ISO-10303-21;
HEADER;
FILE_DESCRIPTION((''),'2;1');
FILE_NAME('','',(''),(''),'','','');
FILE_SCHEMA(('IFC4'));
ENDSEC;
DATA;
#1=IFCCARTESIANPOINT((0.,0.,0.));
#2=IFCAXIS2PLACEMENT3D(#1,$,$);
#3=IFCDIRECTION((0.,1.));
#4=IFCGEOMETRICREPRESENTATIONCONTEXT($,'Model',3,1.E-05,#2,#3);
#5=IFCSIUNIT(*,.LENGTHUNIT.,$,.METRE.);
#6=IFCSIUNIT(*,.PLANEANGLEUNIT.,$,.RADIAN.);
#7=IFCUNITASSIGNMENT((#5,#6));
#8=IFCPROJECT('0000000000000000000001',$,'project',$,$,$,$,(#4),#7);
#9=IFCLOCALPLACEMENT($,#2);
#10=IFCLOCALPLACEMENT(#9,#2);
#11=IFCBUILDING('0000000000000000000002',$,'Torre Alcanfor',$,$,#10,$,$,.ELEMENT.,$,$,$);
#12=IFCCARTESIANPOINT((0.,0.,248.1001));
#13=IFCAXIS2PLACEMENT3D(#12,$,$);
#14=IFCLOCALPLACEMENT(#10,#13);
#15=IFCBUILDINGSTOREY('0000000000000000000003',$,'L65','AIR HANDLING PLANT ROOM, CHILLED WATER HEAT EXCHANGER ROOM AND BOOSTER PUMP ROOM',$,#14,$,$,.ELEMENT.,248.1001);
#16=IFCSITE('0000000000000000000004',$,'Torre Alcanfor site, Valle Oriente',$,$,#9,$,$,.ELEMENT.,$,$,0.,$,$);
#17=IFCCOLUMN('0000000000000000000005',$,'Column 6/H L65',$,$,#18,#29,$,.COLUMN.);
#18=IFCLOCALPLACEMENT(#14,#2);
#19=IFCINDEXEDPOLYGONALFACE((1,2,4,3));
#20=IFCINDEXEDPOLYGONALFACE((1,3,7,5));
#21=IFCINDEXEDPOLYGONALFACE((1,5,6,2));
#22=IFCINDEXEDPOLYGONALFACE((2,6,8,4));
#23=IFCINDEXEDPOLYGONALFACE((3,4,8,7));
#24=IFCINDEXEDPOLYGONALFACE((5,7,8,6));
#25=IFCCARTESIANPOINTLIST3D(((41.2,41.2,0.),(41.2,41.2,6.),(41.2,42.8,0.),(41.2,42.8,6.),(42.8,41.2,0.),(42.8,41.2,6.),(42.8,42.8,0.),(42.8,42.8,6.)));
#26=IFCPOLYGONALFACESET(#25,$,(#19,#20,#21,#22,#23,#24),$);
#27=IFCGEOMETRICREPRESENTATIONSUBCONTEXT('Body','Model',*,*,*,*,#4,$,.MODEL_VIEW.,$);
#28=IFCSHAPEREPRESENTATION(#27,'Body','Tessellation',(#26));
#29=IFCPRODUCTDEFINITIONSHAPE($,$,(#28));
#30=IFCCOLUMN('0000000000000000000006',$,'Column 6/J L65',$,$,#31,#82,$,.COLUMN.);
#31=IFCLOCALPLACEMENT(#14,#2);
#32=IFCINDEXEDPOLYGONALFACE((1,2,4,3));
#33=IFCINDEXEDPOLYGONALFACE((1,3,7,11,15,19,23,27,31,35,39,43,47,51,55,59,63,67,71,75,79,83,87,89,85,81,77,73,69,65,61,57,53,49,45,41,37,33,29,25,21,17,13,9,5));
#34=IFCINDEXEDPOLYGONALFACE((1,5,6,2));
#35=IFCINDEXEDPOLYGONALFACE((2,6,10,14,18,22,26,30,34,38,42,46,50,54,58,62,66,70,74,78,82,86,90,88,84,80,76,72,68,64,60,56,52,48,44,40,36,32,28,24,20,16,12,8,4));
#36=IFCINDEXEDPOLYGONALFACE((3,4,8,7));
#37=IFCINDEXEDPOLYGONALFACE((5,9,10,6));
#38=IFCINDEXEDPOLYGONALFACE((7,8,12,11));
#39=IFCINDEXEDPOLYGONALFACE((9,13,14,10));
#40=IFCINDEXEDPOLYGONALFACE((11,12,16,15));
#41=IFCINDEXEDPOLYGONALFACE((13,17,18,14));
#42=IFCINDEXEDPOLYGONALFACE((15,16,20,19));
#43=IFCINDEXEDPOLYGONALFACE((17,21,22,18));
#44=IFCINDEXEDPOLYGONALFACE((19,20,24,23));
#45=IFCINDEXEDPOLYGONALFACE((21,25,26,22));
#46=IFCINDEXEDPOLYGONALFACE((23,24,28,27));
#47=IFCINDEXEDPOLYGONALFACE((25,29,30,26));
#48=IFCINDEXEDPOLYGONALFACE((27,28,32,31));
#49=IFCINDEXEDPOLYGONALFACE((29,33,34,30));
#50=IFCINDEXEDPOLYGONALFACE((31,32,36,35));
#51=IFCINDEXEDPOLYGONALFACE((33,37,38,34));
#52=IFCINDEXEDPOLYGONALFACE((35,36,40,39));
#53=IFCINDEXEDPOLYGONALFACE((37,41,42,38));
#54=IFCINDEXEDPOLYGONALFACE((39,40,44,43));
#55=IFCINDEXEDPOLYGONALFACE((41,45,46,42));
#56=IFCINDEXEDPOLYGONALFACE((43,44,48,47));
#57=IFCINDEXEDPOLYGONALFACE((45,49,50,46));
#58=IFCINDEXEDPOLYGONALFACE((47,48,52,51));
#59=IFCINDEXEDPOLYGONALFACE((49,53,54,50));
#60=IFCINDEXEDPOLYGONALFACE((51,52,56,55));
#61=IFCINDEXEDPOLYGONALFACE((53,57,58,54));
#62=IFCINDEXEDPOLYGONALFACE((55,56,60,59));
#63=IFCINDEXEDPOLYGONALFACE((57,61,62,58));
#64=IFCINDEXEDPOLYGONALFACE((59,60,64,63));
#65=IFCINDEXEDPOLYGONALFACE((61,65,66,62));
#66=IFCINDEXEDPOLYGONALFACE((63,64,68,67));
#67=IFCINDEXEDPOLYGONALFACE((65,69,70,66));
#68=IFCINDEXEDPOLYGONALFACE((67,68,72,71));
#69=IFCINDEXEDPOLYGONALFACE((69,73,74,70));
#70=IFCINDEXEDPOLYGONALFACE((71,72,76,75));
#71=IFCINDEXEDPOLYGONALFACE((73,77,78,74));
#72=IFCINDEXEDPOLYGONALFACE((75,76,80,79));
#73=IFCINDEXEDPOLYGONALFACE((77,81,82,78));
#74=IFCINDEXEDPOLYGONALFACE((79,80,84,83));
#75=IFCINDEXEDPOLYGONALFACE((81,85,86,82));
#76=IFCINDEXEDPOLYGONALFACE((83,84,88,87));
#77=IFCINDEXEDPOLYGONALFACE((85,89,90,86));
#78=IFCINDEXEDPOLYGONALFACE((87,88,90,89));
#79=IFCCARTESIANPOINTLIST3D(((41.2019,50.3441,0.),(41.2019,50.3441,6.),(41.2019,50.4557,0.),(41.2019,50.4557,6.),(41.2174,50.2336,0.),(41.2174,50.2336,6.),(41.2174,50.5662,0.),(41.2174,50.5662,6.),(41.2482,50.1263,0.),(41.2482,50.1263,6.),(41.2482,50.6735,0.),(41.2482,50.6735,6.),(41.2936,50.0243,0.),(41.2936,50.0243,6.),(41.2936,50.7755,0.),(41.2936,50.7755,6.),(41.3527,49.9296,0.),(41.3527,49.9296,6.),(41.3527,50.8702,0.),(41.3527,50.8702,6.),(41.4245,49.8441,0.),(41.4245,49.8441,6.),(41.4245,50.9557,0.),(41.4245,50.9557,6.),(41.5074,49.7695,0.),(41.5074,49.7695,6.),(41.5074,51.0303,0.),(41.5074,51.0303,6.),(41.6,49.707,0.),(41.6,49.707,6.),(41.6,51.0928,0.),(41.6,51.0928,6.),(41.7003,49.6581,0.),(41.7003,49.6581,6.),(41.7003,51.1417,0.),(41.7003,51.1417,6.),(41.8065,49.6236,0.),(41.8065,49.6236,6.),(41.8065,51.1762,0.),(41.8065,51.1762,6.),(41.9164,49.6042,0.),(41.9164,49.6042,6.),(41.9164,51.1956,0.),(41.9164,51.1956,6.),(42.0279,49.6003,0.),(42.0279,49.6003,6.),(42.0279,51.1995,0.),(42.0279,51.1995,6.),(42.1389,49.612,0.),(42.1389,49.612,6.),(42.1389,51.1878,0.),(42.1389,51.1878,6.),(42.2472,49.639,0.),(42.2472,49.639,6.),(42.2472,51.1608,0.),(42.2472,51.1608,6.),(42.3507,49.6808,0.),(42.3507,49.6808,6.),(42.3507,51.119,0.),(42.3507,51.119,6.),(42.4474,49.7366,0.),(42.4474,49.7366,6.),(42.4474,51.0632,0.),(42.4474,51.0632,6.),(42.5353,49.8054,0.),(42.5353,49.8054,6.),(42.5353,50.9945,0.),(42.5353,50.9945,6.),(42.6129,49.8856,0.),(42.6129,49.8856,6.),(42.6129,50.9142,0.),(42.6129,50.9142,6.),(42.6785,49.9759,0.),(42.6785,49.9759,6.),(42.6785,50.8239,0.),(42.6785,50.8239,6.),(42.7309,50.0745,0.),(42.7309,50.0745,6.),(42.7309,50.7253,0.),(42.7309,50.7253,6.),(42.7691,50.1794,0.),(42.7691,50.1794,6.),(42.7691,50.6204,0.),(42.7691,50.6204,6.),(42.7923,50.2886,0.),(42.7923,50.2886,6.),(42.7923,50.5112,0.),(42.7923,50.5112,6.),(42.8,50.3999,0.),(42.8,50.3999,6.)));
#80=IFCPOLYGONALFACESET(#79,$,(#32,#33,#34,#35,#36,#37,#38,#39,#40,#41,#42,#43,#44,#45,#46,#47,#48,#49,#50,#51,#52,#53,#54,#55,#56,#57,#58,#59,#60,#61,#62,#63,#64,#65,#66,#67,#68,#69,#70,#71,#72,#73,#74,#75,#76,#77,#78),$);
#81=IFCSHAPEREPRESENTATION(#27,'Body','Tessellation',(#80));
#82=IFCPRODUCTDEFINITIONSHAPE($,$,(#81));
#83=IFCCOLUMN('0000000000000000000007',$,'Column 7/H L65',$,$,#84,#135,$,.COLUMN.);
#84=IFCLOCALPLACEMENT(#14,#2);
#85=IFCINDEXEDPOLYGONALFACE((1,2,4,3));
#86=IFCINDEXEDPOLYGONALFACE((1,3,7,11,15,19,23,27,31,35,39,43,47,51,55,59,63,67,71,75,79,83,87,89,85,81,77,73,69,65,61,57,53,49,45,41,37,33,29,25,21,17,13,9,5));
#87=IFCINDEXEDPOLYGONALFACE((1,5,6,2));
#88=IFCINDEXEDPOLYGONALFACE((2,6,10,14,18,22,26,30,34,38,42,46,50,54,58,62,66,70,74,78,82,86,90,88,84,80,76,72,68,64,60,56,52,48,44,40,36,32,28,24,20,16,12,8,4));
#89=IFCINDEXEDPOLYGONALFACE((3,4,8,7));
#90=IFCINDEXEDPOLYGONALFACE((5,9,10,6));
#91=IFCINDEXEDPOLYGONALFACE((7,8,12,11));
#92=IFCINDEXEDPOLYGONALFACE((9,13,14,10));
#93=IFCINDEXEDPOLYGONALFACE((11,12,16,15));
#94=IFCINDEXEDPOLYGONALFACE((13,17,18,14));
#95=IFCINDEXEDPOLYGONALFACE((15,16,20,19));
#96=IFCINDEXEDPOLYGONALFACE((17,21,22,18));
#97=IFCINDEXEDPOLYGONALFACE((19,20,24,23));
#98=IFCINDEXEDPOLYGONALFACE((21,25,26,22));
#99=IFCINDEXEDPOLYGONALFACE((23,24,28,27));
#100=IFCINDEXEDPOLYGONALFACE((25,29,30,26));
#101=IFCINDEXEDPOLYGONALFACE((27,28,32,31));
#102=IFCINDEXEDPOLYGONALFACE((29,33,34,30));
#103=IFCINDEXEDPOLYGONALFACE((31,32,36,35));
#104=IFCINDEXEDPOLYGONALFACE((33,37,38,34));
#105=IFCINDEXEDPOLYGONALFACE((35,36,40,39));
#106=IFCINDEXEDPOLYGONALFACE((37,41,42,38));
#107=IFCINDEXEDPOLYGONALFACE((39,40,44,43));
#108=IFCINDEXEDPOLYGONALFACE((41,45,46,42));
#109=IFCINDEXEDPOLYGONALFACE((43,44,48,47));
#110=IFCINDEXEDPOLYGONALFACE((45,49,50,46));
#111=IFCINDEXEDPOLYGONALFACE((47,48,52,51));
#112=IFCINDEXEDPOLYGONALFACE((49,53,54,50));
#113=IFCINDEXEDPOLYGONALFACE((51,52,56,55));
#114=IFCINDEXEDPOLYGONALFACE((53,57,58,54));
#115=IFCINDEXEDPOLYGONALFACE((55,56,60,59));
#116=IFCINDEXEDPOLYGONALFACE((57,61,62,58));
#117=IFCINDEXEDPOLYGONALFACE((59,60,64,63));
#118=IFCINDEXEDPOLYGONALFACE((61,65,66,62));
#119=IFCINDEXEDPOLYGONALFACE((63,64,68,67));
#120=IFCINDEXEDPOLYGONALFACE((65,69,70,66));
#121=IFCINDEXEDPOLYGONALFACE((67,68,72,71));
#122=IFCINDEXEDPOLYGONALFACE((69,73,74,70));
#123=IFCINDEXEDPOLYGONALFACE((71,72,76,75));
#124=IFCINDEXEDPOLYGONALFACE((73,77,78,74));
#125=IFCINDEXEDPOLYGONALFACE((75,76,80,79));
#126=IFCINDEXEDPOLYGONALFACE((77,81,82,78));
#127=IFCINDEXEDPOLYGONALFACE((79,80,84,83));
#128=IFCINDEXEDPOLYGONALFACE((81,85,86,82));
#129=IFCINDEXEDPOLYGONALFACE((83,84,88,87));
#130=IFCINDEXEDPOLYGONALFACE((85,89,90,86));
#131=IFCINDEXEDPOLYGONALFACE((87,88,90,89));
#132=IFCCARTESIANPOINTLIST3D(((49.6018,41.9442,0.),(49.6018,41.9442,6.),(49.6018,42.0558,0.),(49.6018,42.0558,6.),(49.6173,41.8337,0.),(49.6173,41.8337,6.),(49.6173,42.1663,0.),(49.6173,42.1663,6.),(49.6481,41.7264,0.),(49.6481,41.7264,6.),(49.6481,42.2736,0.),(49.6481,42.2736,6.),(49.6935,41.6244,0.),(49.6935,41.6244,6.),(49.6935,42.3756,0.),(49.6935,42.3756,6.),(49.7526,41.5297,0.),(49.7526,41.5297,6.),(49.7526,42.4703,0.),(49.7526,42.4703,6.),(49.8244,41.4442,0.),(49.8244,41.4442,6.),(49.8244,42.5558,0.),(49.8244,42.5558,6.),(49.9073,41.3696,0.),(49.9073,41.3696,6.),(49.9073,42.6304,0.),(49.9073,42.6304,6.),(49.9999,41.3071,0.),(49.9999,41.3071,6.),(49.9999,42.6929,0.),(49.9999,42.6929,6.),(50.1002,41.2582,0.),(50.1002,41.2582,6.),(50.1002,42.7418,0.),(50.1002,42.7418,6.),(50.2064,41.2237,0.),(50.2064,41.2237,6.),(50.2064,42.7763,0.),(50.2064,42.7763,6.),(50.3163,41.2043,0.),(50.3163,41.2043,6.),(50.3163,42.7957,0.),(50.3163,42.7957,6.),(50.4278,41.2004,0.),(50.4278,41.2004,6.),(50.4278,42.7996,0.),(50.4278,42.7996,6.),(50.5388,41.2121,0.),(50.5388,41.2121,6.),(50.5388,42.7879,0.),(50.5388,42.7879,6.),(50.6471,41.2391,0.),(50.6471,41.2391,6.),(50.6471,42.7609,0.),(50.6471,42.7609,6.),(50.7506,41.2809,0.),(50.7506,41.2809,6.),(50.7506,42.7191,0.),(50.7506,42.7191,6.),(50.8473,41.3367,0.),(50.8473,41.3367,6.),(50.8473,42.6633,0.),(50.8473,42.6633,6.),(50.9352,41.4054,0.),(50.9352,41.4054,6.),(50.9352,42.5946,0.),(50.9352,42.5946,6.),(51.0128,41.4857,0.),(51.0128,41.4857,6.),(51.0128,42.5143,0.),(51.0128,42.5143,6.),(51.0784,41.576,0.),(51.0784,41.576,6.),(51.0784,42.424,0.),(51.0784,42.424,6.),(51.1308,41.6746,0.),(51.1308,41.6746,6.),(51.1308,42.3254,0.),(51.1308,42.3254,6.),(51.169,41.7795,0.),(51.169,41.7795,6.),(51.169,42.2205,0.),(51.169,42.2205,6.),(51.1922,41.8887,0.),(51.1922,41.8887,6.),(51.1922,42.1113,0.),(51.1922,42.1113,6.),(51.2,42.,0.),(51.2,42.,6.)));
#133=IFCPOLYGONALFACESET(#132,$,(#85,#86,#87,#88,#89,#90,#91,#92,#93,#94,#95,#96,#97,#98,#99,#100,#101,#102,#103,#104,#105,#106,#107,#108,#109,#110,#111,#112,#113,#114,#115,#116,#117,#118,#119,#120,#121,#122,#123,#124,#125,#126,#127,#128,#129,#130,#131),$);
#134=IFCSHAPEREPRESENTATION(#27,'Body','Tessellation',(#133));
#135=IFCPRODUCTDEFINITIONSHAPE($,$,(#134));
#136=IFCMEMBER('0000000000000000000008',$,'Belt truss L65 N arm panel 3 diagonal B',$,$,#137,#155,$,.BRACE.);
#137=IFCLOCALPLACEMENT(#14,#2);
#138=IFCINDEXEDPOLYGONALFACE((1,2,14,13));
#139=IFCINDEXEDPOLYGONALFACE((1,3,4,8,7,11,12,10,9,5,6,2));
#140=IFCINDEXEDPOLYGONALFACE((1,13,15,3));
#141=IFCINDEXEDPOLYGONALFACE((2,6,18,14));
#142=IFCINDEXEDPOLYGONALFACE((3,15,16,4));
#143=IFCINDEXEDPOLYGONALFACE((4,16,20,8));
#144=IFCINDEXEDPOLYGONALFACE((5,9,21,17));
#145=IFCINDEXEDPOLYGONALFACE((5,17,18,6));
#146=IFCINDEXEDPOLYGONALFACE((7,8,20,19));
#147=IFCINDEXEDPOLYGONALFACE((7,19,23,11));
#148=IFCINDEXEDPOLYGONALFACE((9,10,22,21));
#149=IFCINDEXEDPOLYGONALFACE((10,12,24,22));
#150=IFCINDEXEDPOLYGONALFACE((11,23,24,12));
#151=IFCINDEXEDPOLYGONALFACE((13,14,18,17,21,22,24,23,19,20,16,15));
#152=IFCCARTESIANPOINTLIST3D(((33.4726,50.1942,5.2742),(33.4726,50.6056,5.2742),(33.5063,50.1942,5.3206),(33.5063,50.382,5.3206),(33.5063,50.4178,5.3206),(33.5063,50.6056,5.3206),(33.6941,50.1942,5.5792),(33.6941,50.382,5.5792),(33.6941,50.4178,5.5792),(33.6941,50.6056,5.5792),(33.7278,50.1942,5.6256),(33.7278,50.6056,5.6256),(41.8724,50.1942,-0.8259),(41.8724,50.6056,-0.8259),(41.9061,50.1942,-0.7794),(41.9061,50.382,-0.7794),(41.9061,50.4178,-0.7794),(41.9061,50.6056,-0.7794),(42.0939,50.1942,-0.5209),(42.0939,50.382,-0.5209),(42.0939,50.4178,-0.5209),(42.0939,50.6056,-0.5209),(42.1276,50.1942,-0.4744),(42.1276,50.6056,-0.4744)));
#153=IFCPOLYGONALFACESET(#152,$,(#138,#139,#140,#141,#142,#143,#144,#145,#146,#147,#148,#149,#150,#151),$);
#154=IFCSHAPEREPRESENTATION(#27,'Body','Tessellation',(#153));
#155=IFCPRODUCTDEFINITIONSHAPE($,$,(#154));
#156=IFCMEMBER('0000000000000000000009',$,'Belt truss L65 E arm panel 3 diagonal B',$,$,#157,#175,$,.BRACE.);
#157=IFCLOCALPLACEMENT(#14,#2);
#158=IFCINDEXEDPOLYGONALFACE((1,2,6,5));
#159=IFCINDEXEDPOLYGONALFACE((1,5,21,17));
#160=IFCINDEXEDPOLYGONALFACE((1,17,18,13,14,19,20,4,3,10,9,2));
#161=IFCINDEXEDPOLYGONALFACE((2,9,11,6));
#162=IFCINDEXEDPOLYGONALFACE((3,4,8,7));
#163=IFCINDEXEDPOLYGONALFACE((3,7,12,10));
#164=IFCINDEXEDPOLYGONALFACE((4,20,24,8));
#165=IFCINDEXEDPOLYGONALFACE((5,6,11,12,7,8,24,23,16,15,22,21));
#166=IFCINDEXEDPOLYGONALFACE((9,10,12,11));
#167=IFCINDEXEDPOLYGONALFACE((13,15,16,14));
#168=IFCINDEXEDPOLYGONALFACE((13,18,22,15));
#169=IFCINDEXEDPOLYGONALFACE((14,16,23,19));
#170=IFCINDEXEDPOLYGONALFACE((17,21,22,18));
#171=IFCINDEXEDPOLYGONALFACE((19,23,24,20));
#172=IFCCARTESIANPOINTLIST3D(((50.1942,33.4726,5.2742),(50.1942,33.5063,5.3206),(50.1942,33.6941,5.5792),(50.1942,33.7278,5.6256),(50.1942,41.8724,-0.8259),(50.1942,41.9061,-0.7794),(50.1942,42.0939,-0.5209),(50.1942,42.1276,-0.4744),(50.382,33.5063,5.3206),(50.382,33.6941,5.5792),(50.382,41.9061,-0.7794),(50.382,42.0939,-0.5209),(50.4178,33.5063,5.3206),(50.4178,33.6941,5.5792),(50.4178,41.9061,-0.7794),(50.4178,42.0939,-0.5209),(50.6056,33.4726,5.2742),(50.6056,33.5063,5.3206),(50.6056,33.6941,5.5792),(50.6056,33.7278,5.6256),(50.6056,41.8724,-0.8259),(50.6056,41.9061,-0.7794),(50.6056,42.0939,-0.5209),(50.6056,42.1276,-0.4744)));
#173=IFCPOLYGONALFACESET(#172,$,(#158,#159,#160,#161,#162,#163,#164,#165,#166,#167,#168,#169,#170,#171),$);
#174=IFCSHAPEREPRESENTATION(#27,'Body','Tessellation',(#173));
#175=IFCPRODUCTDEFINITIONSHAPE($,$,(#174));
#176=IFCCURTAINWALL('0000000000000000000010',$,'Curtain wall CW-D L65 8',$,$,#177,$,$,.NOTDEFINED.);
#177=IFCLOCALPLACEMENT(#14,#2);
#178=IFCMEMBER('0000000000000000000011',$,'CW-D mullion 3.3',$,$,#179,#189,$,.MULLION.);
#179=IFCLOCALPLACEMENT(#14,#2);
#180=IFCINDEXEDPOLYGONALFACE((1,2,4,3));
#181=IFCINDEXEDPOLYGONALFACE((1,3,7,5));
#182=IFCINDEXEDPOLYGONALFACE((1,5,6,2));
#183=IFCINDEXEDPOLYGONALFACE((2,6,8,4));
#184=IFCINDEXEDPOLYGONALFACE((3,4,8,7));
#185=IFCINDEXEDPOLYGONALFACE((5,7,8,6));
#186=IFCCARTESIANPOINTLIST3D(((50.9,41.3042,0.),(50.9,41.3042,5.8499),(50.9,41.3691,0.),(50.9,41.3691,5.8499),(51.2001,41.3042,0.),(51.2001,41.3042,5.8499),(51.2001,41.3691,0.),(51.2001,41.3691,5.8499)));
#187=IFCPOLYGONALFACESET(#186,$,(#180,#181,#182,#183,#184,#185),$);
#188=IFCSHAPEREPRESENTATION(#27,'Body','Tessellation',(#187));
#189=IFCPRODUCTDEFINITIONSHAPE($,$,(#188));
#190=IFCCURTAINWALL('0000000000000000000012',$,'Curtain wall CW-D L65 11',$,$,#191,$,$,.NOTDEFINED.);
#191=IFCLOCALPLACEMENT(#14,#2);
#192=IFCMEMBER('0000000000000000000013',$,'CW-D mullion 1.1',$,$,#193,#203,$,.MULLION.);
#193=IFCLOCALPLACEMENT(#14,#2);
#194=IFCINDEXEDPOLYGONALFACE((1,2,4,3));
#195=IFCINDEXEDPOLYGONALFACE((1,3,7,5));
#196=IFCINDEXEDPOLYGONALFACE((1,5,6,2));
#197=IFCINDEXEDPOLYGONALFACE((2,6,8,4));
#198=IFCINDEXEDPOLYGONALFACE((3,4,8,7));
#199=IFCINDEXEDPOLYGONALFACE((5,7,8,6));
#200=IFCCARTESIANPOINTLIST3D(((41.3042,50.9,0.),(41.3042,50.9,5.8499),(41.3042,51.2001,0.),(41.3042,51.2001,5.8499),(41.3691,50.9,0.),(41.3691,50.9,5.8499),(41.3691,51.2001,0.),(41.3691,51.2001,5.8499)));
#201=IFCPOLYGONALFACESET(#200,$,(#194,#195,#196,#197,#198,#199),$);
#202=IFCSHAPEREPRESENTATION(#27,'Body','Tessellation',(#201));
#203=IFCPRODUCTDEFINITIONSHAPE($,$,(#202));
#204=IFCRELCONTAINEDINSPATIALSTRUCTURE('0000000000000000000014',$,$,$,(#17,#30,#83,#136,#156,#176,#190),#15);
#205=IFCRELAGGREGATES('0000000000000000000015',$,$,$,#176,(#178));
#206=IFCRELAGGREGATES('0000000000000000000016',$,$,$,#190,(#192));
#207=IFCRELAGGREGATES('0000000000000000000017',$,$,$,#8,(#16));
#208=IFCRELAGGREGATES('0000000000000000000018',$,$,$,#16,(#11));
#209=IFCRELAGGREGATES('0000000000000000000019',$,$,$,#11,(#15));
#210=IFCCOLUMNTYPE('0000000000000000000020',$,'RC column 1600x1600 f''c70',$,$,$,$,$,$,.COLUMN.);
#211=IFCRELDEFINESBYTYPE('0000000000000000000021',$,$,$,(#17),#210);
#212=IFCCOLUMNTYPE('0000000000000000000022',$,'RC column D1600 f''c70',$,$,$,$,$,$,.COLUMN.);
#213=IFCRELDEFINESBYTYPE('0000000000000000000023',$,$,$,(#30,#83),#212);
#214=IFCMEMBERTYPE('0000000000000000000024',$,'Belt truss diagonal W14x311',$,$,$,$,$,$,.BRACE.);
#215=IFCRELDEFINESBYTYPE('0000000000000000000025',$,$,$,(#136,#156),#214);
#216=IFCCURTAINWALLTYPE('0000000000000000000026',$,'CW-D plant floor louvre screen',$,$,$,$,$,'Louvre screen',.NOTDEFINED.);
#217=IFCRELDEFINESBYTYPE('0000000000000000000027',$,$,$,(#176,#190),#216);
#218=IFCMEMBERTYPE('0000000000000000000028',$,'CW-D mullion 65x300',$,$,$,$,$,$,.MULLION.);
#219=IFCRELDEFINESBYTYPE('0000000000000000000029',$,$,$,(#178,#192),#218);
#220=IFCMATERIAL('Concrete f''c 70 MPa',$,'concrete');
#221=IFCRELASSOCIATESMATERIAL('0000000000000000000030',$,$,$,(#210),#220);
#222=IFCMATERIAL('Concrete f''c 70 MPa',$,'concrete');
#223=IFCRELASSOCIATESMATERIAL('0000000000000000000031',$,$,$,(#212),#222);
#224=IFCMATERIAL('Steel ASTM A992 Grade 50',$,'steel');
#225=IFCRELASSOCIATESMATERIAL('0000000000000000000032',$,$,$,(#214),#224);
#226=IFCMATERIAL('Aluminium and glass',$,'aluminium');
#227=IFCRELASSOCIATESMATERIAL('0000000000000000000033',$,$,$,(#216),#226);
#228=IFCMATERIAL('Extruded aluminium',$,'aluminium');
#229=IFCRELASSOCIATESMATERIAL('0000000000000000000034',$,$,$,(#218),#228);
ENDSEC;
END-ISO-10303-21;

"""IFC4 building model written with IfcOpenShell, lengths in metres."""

from ifc_helpers import new_model, si_unit, direction, frame, origin, origin_2d, place, context, subcontext, project, spatial, rectangle, circle, i_section, extrude, material, material_profile, profile_set, type_object, element, aggregate, save


model = new_model("IFC4")

# Units and contexts
model_context = context("Model", 3, precision=1e-05, world=origin(), true_north=direction((0.0, 1.0)))
body_context = subcontext(model_context, "Body", "Model", "MODEL_VIEW")
ifc_project = project(units=[si_unit("LENGTHUNIT", "METRE"), si_unit("PLANEANGLEUNIT", "RADIAN")], contexts=[model_context])

# Site, building, storey
site_placement = place(None, origin())
site = spatial("IfcSite", under=ifc_project, at=site_placement, Name="Torre Alcanfor site, Valle Oriente", CompositionType="ELEMENT", RefElevation=0.0)
building_placement = place(site_placement, origin())
building = spatial("IfcBuilding", under=site, at=building_placement, Name="Torre Alcanfor", CompositionType="ELEMENT")
storey_placement = place(building_placement, frame((0.0, 0.0, 248.1001)))
storey = spatial("IfcBuildingStorey", under=building, at=storey_placement, Name="L65", Description="AIR HANDLING PLANT ROOM, CHILLED WATER HEAT EXCHANGER ROOM AND BOOSTER PUMP ROOM", CompositionType="ELEMENT", Elevation=248.1001)

# Columns
ifc_material_1 = material(Name="Concrete f'c 70 MPa", Category="concrete")
ifc_material_profile_1 = material_profile(ifc_material_1, rectangle(XDim=1.6001, YDim=1.6001, at=origin_2d()), Name="1600x1600")
ifc_profile_set_1 = profile_set([ifc_material_profile_1], Name="Concrete f'c 70 MPa")
column_type_1 = type_object("IfcColumnType", Name="RC column 1600x1600 f'c70", PredefinedType="COLUMN", material=ifc_profile_set_1)
column_placement = place(storey_placement, frame((42.0, 42.0, 0.0), z_axis=(0.0, 0.0, 1.0), x_axis=(1.0, 0.0, 0.0)))
element("IfcColumn", 1, at=column_placement, inside=storey, type_object=column_type_1, Name="Column 6/H L65", PredefinedType="COLUMN", context=body_context, shape_type="SweptSolid", body=[
    extrude(rectangle(XDim=1.6001, YDim=1.6001, at=origin_2d()), origin(), (0.0, 0.0, 1.0), 6.0),
])
ifc_material_2 = material(Name="Concrete f'c 70 MPa", Category="concrete")
ifc_material_profile_2 = material_profile(ifc_material_2, circle(Radius=0.8, at=origin_2d()), Name="D1600")
ifc_profile_set_2 = profile_set([ifc_material_profile_2], Name="Concrete f'c 70 MPa")
column_type_2 = type_object("IfcColumnType", Name="RC column D1600 f'c70", PredefinedType="COLUMN", material=ifc_profile_set_2)
for number, where, z_axis, x_axis, name in (
    (2, (42.0, 50.3999, 0.0), (0.0, 0.0, 1.0), (1.0, 0.0, 0.0), "Column 6/J L65"),
    (3, (50.3999, 42.0, 0.0), (0.0, 0.0, 1.0), (1.0, 0.0, 0.0), "Column 7/H L65"),
):
    element("IfcColumn", number, at=place(storey_placement, frame(where, z_axis=z_axis, x_axis=x_axis)), inside=storey, type_object=column_type_2, Name=name, PredefinedType="COLUMN", context=body_context, shape_type="SweptSolid", body=[
        extrude(circle(Radius=0.8, at=origin_2d()), origin(), (0.0, 0.0, 1.0), 6.0),
    ])

# Members
ifc_material_3 = material(Name="Steel ASTM A992 Grade 50", Category="steel")
ifc_material_profile_3 = material_profile(ifc_material_3, i_section(OverallWidth=0.4114, OverallDepth=0.4343, WebThickness=0.0359, FlangeThickness=0.0574, at=origin_2d()), Name="W14x311")
ifc_profile_set_3 = profile_set([ifc_material_profile_3], Name="Steel ASTM A992 Grade 50")
member_type_1 = type_object("IfcMemberType", Name="Belt truss diagonal W14x311", PredefinedType="BRACE", material=ifc_profile_set_3)
for number, where, z_axis, x_axis, name in (
    (4, (42.0, 50.3999, -0.6501), (-0.809145, 0.0, 0.587609), (0.0, -1.0, 0.0), "Belt truss L65 N arm panel 3 diagonal B"),
    (5, (50.3999, 42.0, -0.6501), (0.0, -0.809145, 0.587609), (1.0, 0.0, 0.0), "Belt truss L65 E arm panel 3 diagonal B"),
):
    element("IfcMember", number, at=place(storey_placement, frame(where, z_axis=z_axis, x_axis=x_axis)), inside=storey, type_object=member_type_1, Name=name, PredefinedType="BRACE", context=body_context, shape_type="SweptSolid", body=[
        extrude(i_section(OverallWidth=0.4114, OverallDepth=0.4343, WebThickness=0.0359, FlangeThickness=0.0574, at=origin_2d()), origin(), (0.0, 0.0, 1.0), 10.3811),
    ])

# Curtain wall, member
ifc_material_4 = material(Name="Aluminium and glass", Category="aluminium")
curtain_wall_type = type_object("IfcCurtainWallType", Name="CW-D plant floor louvre screen", ElementType="Louvre screen", PredefinedType="NOTDEFINED", material=ifc_material_4)
curtain_wall_1_placement = place(storey_placement, origin())
curtain_wall_1 = element("IfcCurtainWall", 6, at=curtain_wall_1_placement, inside=storey, type_object=curtain_wall_type, Name="Curtain wall CW-D L65 8", PredefinedType="NOTDEFINED")
ifc_material_5 = material(Name="Extruded aluminium", Category="aluminium")
ifc_material_profile_4 = material_profile(ifc_material_5, rectangle(XDim=0.3, YDim=0.0649, at=origin_2d()), Name="CW-D mullion 65x300")
ifc_profile_set_4 = profile_set([ifc_material_profile_4], Name="Extruded aluminium")
member_type_2 = type_object("IfcMemberType", Name="CW-D mullion 65x300", PredefinedType="MULLION", material=ifc_profile_set_4)
member_1_placement = place(storey_placement, frame((51.05, 41.3367, 0.0), z_axis=(0.0, 0.0, 1.0), x_axis=(-1.0, 0.0, 0.0)))
member_1 = element("IfcMember", 7, at=member_1_placement, type_object=member_type_2, Name="CW-D mullion 3.3", PredefinedType="MULLION", context=body_context, shape_type="SweptSolid", body=[
    extrude(rectangle(XDim=0.3, YDim=0.0649, at=origin_2d()), origin(), (0.0, 0.0, 1.0), 5.8499),
])

# Curtain wall, member
curtain_wall_2_placement = place(storey_placement, origin())
curtain_wall_2 = element("IfcCurtainWall", 8, at=curtain_wall_2_placement, inside=storey, type_object=curtain_wall_type, Name="Curtain wall CW-D L65 11", PredefinedType="NOTDEFINED")
member_2_placement = place(storey_placement, frame((41.3367, 51.05, 0.0), z_axis=(0.0, 0.0, 1.0), x_axis=(0.0, -1.0, 0.0)))
member_2 = element("IfcMember", 9, at=member_2_placement, type_object=member_type_2, Name="CW-D mullion 1.1", PredefinedType="MULLION", context=body_context, shape_type="SweptSolid", body=[
    extrude(rectangle(XDim=0.3, YDim=0.0649, at=origin_2d()), origin(), (0.0, 0.0, 1.0), 5.8499),
])

aggregate(curtain_wall_1, [member_1])
aggregate(curtain_wall_2, [member_2])

save(model, "model.ifc")
